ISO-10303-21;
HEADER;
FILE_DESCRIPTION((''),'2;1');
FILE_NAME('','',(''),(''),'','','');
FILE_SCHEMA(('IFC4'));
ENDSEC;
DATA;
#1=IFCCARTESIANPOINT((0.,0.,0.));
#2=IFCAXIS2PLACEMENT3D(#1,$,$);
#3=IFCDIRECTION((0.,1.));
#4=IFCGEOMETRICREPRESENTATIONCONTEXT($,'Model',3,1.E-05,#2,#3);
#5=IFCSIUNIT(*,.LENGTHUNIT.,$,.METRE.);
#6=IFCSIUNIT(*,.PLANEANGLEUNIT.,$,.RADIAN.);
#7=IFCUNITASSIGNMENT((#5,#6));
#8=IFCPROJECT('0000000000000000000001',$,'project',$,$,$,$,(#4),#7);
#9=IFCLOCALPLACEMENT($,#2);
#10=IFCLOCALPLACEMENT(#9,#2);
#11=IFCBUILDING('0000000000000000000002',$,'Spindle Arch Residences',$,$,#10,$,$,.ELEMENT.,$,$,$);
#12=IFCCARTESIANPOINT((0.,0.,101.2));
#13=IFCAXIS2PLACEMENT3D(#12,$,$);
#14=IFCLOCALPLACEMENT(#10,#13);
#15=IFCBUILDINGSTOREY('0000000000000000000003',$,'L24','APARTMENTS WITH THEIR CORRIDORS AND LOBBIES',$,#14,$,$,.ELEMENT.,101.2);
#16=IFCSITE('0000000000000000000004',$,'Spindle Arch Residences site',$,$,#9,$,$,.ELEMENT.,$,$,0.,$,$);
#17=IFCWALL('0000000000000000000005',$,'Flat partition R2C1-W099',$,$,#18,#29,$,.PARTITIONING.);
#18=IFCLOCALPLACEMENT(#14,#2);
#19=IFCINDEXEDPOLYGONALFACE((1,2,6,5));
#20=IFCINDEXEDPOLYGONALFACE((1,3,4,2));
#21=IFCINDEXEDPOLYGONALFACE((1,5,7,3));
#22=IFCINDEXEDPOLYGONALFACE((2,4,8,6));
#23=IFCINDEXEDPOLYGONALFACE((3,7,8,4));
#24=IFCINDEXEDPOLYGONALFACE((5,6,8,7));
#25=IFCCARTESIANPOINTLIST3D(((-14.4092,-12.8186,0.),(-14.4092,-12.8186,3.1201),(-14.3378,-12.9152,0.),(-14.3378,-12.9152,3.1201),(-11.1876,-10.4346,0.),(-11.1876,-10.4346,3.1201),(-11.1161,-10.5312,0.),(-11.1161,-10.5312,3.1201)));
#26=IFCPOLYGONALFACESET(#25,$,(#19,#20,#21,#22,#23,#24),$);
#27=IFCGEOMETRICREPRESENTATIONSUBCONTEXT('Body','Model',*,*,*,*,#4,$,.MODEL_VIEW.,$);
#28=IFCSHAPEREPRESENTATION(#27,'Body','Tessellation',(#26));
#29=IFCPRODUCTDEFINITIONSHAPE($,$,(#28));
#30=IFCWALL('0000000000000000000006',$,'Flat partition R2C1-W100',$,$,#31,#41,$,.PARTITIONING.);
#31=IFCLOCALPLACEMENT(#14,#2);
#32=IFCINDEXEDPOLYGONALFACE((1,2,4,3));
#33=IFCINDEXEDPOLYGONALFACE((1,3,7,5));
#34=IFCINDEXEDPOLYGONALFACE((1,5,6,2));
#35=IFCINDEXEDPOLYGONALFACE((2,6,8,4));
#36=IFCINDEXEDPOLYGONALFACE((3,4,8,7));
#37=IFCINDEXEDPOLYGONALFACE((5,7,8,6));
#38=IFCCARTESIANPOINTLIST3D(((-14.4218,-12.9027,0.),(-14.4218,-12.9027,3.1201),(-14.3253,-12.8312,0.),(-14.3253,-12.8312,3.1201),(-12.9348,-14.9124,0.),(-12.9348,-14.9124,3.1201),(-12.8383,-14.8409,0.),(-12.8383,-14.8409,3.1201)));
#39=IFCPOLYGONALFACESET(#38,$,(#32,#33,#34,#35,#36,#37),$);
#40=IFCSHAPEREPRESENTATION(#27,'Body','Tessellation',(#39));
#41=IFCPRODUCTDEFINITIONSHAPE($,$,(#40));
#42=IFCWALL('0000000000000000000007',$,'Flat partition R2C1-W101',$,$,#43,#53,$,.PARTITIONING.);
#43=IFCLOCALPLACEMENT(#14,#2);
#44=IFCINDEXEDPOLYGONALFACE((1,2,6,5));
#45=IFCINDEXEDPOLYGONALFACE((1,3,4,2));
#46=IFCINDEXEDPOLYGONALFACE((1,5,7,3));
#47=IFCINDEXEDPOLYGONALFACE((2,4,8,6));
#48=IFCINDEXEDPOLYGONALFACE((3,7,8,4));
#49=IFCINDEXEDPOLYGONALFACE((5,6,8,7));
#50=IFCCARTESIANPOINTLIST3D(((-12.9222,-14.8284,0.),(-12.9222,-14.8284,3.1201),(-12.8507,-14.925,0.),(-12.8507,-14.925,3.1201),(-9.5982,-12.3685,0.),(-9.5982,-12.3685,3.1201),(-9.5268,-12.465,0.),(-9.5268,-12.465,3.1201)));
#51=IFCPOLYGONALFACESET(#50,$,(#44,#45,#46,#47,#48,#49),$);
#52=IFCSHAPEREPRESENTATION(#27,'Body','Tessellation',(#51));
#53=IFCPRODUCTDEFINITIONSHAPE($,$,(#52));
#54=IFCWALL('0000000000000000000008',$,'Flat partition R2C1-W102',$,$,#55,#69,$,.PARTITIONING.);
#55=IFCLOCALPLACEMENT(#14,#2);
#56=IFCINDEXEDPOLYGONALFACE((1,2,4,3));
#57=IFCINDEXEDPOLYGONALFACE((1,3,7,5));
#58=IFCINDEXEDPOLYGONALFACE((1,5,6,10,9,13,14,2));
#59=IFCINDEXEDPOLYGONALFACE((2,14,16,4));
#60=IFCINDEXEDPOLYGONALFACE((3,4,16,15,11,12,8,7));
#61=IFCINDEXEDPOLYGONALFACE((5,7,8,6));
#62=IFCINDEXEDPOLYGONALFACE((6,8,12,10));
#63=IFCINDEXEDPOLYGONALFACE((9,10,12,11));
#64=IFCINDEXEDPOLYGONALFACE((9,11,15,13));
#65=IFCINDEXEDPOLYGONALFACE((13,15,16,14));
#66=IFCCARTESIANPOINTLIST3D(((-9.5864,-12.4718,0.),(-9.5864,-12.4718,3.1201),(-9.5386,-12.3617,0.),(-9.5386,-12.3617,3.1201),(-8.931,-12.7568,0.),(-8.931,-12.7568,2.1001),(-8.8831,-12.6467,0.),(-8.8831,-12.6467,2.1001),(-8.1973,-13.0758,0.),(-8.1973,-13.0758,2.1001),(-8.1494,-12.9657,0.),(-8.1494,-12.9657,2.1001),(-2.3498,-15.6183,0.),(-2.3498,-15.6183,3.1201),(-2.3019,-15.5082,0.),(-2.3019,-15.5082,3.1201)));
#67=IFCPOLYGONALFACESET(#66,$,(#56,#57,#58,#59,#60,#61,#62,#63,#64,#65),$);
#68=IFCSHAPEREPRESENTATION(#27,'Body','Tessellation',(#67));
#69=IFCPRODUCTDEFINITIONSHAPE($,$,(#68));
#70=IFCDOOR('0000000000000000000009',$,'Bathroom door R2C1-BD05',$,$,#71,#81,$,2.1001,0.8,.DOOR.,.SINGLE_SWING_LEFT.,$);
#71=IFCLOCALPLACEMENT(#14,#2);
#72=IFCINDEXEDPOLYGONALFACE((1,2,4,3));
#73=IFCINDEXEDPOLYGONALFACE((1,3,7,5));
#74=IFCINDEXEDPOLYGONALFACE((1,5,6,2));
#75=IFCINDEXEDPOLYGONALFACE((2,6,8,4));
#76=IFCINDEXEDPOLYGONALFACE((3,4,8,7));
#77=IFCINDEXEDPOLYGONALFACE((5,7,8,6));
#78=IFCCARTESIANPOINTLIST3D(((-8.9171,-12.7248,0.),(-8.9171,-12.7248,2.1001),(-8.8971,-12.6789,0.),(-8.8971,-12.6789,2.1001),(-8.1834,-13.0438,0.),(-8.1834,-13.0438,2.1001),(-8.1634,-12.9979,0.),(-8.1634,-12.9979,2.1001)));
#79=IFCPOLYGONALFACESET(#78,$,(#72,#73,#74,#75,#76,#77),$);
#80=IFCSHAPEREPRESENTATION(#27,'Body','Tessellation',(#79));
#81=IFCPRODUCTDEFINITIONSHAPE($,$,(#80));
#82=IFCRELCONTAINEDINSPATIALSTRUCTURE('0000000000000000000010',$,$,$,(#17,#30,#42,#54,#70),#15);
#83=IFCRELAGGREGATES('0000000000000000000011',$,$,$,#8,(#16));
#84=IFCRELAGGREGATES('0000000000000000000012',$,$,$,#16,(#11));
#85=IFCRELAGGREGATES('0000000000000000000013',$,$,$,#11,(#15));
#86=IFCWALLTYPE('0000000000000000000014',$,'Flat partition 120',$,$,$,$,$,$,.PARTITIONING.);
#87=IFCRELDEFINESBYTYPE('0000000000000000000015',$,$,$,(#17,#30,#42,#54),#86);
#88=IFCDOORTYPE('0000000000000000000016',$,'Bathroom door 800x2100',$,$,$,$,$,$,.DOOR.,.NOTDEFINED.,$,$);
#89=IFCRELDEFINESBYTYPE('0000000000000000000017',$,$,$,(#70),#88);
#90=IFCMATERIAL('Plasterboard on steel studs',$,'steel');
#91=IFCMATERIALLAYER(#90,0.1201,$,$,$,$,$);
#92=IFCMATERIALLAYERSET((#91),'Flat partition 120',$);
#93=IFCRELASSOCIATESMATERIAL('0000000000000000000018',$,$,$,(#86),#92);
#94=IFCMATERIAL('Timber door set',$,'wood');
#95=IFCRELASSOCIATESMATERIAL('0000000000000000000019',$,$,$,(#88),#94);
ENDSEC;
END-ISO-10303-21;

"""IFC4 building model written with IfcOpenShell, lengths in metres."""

from ifc_helpers import new_model, si_unit, direction, frame, frame_2d, origin, place, context, subcontext, project, spatial, rectangle, extrude, material, layer, layer_set, type_object, element, fill, save


model = new_model("IFC4")

# Units and contexts
model_context = context("Model", 3, precision=1e-05, world=origin(), true_north=direction((0.0, 1.0)))
body_context = subcontext(model_context, "Body", "Model", "MODEL_VIEW")
ifc_project = project(units=[si_unit("LENGTHUNIT", "METRE"), si_unit("PLANEANGLEUNIT", "RADIAN")], contexts=[model_context])

# Site, building, storey
site_placement = place(None, origin())
site = spatial("IfcSite", under=ifc_project, at=site_placement, Name="Spindle Arch Residences site", CompositionType="ELEMENT", RefElevation=0.0)
building_placement = place(site_placement, origin())
building = spatial("IfcBuilding", under=site, at=building_placement, Name="Spindle Arch Residences", CompositionType="ELEMENT")
storey_placement = place(building_placement, frame((0.0, 0.0, 101.2)))
storey = spatial("IfcBuildingStorey", under=building, at=storey_placement, Name="L24", Description="APARTMENTS WITH THEIR CORRIDORS AND LOBBIES", CompositionType="ELEMENT", Elevation=101.2)

# Shared definitions
ifc_material_1 = material(Name="Plasterboard on steel studs", Category="steel")
ifc_layer_1 = layer(ifc_material_1, 0.1201)
ifc_layer_set_1 = layer_set([ifc_layer_1], Name="Flat partition 120")
wall_type_1 = type_object("IfcWallType", Name="Flat partition 120", PredefinedType="PARTITIONING", material=ifc_layer_set_1)

# Walls
wall_1_placement = place(storey_placement, frame((-11.1519, -10.4829, 0.0), z_axis=(0.0, 0.0, 1.0), x_axis=(-0.803843, -0.594841, 0.0)))
element("IfcWall", 1, at=wall_1_placement, inside=storey, type_object=wall_type_1, Name="Flat partition R2C1-W099", PredefinedType="PARTITIONING", context=body_context, shape_type="SweptSolid", body=[
    extrude(rectangle(XDim=4.0078, YDim=0.1201, at=frame_2d((2.0039, 0.0))), origin(), (0.0, 0.0, 1.0), 3.1201),
])
wall_2_placement = place(storey_placement, frame((-14.3735, -12.8669, 0.0), z_axis=(0.0, 0.0, 1.0), x_axis=(0.5948, -0.803874, 0.0)))
element("IfcWall", 2, at=wall_2_placement, inside=storey, type_object=wall_type_1, Name="Flat partition R2C1-W100", PredefinedType="PARTITIONING", context=body_context, shape_type="SweptSolid", body=[
    extrude(rectangle(XDim=2.5, YDim=0.1201, at=frame_2d((1.25, 0.0))), origin(), (0.0, 0.0, 1.0), 3.1201),
])
wall_3_placement = place(storey_placement, frame((-12.8865, -14.8767, 0.0), z_axis=(0.0, 0.0, 1.0), x_axis=(0.803816, 0.594877, 0.0)))
element("IfcWall", 3, at=wall_3_placement, inside=storey, type_object=wall_type_1, Name="Flat partition R2C1-W101", PredefinedType="PARTITIONING", context=body_context, shape_type="SweptSolid", body=[
    extrude(rectangle(XDim=4.1353, YDim=0.1201, at=frame_2d((2.0676, 0.0))), origin(), (0.0, 0.0, 1.0), 3.1201),
])

# Wall, opening, door
wall_4_placement = place(storey_placement, frame((-9.5625, -12.4167, 0.0), z_axis=(0.0, 0.0, 1.0), x_axis=(0.917063, -0.398742, 0.0)))
wall_4 = element("IfcWall", 4, at=wall_4_placement, inside=storey, type_object=wall_type_1, Name="Flat partition R2C1-W102", PredefinedType="PARTITIONING", context=body_context, shape_type="SweptSolid", body=[
    extrude(rectangle(XDim=7.8911, YDim=0.1201, at=frame_2d((3.9456, 0.0))), origin(), (0.0, 0.0, 1.0), 3.1201),
])
opening_1_placement = place(wall_4_placement, frame((0.7148, 0.0, 0.0)))
opening_1 = element("IfcOpeningElement", 5, at=opening_1_placement, cuts=wall_4, PredefinedType="OPENING", context=body_context, shape_type="SweptSolid", body=[
    extrude(rectangle(XDim=0.8, YDim=2.1001, at=frame_2d((0.3999, 1.05))), frame((0.0, 0.0701, 0.0), z_axis=(0.0, -1.0, 0.0), x_axis=(1.0, 0.0, 0.0)), (0.0, 0.0, 1.0), 0.1401),
])
ifc_material_2 = material(Name="Timber door set", Category="wood")
door_type_1 = type_object("IfcDoorType", Name="Bathroom door 800x2100", OperationType="NOTDEFINED", PredefinedType="DOOR", material=ifc_material_2)
door_1_placement = place(opening_1_placement, origin())
door_1 = element("IfcDoor", 6, at=door_1_placement, inside=storey, type_object=door_type_1, Name="Bathroom door R2C1-BD05", OperationType="SINGLE_SWING_LEFT", OverallHeight=2.1001, OverallWidth=0.8, PredefinedType="DOOR", context=body_context, shape_type="SweptSolid", body=[
    extrude(rectangle(XDim=0.8, YDim=2.1001, at=frame_2d((0.3999, 1.05))), frame((0.0, 0.0249, 0.0), z_axis=(0.0, -1.0, 0.0), x_axis=(1.0, 0.0, 0.0)), (0.0, 0.0, 1.0), 0.05),
])
fill(opening_1, door_1)

save(model, "model.ifc")
